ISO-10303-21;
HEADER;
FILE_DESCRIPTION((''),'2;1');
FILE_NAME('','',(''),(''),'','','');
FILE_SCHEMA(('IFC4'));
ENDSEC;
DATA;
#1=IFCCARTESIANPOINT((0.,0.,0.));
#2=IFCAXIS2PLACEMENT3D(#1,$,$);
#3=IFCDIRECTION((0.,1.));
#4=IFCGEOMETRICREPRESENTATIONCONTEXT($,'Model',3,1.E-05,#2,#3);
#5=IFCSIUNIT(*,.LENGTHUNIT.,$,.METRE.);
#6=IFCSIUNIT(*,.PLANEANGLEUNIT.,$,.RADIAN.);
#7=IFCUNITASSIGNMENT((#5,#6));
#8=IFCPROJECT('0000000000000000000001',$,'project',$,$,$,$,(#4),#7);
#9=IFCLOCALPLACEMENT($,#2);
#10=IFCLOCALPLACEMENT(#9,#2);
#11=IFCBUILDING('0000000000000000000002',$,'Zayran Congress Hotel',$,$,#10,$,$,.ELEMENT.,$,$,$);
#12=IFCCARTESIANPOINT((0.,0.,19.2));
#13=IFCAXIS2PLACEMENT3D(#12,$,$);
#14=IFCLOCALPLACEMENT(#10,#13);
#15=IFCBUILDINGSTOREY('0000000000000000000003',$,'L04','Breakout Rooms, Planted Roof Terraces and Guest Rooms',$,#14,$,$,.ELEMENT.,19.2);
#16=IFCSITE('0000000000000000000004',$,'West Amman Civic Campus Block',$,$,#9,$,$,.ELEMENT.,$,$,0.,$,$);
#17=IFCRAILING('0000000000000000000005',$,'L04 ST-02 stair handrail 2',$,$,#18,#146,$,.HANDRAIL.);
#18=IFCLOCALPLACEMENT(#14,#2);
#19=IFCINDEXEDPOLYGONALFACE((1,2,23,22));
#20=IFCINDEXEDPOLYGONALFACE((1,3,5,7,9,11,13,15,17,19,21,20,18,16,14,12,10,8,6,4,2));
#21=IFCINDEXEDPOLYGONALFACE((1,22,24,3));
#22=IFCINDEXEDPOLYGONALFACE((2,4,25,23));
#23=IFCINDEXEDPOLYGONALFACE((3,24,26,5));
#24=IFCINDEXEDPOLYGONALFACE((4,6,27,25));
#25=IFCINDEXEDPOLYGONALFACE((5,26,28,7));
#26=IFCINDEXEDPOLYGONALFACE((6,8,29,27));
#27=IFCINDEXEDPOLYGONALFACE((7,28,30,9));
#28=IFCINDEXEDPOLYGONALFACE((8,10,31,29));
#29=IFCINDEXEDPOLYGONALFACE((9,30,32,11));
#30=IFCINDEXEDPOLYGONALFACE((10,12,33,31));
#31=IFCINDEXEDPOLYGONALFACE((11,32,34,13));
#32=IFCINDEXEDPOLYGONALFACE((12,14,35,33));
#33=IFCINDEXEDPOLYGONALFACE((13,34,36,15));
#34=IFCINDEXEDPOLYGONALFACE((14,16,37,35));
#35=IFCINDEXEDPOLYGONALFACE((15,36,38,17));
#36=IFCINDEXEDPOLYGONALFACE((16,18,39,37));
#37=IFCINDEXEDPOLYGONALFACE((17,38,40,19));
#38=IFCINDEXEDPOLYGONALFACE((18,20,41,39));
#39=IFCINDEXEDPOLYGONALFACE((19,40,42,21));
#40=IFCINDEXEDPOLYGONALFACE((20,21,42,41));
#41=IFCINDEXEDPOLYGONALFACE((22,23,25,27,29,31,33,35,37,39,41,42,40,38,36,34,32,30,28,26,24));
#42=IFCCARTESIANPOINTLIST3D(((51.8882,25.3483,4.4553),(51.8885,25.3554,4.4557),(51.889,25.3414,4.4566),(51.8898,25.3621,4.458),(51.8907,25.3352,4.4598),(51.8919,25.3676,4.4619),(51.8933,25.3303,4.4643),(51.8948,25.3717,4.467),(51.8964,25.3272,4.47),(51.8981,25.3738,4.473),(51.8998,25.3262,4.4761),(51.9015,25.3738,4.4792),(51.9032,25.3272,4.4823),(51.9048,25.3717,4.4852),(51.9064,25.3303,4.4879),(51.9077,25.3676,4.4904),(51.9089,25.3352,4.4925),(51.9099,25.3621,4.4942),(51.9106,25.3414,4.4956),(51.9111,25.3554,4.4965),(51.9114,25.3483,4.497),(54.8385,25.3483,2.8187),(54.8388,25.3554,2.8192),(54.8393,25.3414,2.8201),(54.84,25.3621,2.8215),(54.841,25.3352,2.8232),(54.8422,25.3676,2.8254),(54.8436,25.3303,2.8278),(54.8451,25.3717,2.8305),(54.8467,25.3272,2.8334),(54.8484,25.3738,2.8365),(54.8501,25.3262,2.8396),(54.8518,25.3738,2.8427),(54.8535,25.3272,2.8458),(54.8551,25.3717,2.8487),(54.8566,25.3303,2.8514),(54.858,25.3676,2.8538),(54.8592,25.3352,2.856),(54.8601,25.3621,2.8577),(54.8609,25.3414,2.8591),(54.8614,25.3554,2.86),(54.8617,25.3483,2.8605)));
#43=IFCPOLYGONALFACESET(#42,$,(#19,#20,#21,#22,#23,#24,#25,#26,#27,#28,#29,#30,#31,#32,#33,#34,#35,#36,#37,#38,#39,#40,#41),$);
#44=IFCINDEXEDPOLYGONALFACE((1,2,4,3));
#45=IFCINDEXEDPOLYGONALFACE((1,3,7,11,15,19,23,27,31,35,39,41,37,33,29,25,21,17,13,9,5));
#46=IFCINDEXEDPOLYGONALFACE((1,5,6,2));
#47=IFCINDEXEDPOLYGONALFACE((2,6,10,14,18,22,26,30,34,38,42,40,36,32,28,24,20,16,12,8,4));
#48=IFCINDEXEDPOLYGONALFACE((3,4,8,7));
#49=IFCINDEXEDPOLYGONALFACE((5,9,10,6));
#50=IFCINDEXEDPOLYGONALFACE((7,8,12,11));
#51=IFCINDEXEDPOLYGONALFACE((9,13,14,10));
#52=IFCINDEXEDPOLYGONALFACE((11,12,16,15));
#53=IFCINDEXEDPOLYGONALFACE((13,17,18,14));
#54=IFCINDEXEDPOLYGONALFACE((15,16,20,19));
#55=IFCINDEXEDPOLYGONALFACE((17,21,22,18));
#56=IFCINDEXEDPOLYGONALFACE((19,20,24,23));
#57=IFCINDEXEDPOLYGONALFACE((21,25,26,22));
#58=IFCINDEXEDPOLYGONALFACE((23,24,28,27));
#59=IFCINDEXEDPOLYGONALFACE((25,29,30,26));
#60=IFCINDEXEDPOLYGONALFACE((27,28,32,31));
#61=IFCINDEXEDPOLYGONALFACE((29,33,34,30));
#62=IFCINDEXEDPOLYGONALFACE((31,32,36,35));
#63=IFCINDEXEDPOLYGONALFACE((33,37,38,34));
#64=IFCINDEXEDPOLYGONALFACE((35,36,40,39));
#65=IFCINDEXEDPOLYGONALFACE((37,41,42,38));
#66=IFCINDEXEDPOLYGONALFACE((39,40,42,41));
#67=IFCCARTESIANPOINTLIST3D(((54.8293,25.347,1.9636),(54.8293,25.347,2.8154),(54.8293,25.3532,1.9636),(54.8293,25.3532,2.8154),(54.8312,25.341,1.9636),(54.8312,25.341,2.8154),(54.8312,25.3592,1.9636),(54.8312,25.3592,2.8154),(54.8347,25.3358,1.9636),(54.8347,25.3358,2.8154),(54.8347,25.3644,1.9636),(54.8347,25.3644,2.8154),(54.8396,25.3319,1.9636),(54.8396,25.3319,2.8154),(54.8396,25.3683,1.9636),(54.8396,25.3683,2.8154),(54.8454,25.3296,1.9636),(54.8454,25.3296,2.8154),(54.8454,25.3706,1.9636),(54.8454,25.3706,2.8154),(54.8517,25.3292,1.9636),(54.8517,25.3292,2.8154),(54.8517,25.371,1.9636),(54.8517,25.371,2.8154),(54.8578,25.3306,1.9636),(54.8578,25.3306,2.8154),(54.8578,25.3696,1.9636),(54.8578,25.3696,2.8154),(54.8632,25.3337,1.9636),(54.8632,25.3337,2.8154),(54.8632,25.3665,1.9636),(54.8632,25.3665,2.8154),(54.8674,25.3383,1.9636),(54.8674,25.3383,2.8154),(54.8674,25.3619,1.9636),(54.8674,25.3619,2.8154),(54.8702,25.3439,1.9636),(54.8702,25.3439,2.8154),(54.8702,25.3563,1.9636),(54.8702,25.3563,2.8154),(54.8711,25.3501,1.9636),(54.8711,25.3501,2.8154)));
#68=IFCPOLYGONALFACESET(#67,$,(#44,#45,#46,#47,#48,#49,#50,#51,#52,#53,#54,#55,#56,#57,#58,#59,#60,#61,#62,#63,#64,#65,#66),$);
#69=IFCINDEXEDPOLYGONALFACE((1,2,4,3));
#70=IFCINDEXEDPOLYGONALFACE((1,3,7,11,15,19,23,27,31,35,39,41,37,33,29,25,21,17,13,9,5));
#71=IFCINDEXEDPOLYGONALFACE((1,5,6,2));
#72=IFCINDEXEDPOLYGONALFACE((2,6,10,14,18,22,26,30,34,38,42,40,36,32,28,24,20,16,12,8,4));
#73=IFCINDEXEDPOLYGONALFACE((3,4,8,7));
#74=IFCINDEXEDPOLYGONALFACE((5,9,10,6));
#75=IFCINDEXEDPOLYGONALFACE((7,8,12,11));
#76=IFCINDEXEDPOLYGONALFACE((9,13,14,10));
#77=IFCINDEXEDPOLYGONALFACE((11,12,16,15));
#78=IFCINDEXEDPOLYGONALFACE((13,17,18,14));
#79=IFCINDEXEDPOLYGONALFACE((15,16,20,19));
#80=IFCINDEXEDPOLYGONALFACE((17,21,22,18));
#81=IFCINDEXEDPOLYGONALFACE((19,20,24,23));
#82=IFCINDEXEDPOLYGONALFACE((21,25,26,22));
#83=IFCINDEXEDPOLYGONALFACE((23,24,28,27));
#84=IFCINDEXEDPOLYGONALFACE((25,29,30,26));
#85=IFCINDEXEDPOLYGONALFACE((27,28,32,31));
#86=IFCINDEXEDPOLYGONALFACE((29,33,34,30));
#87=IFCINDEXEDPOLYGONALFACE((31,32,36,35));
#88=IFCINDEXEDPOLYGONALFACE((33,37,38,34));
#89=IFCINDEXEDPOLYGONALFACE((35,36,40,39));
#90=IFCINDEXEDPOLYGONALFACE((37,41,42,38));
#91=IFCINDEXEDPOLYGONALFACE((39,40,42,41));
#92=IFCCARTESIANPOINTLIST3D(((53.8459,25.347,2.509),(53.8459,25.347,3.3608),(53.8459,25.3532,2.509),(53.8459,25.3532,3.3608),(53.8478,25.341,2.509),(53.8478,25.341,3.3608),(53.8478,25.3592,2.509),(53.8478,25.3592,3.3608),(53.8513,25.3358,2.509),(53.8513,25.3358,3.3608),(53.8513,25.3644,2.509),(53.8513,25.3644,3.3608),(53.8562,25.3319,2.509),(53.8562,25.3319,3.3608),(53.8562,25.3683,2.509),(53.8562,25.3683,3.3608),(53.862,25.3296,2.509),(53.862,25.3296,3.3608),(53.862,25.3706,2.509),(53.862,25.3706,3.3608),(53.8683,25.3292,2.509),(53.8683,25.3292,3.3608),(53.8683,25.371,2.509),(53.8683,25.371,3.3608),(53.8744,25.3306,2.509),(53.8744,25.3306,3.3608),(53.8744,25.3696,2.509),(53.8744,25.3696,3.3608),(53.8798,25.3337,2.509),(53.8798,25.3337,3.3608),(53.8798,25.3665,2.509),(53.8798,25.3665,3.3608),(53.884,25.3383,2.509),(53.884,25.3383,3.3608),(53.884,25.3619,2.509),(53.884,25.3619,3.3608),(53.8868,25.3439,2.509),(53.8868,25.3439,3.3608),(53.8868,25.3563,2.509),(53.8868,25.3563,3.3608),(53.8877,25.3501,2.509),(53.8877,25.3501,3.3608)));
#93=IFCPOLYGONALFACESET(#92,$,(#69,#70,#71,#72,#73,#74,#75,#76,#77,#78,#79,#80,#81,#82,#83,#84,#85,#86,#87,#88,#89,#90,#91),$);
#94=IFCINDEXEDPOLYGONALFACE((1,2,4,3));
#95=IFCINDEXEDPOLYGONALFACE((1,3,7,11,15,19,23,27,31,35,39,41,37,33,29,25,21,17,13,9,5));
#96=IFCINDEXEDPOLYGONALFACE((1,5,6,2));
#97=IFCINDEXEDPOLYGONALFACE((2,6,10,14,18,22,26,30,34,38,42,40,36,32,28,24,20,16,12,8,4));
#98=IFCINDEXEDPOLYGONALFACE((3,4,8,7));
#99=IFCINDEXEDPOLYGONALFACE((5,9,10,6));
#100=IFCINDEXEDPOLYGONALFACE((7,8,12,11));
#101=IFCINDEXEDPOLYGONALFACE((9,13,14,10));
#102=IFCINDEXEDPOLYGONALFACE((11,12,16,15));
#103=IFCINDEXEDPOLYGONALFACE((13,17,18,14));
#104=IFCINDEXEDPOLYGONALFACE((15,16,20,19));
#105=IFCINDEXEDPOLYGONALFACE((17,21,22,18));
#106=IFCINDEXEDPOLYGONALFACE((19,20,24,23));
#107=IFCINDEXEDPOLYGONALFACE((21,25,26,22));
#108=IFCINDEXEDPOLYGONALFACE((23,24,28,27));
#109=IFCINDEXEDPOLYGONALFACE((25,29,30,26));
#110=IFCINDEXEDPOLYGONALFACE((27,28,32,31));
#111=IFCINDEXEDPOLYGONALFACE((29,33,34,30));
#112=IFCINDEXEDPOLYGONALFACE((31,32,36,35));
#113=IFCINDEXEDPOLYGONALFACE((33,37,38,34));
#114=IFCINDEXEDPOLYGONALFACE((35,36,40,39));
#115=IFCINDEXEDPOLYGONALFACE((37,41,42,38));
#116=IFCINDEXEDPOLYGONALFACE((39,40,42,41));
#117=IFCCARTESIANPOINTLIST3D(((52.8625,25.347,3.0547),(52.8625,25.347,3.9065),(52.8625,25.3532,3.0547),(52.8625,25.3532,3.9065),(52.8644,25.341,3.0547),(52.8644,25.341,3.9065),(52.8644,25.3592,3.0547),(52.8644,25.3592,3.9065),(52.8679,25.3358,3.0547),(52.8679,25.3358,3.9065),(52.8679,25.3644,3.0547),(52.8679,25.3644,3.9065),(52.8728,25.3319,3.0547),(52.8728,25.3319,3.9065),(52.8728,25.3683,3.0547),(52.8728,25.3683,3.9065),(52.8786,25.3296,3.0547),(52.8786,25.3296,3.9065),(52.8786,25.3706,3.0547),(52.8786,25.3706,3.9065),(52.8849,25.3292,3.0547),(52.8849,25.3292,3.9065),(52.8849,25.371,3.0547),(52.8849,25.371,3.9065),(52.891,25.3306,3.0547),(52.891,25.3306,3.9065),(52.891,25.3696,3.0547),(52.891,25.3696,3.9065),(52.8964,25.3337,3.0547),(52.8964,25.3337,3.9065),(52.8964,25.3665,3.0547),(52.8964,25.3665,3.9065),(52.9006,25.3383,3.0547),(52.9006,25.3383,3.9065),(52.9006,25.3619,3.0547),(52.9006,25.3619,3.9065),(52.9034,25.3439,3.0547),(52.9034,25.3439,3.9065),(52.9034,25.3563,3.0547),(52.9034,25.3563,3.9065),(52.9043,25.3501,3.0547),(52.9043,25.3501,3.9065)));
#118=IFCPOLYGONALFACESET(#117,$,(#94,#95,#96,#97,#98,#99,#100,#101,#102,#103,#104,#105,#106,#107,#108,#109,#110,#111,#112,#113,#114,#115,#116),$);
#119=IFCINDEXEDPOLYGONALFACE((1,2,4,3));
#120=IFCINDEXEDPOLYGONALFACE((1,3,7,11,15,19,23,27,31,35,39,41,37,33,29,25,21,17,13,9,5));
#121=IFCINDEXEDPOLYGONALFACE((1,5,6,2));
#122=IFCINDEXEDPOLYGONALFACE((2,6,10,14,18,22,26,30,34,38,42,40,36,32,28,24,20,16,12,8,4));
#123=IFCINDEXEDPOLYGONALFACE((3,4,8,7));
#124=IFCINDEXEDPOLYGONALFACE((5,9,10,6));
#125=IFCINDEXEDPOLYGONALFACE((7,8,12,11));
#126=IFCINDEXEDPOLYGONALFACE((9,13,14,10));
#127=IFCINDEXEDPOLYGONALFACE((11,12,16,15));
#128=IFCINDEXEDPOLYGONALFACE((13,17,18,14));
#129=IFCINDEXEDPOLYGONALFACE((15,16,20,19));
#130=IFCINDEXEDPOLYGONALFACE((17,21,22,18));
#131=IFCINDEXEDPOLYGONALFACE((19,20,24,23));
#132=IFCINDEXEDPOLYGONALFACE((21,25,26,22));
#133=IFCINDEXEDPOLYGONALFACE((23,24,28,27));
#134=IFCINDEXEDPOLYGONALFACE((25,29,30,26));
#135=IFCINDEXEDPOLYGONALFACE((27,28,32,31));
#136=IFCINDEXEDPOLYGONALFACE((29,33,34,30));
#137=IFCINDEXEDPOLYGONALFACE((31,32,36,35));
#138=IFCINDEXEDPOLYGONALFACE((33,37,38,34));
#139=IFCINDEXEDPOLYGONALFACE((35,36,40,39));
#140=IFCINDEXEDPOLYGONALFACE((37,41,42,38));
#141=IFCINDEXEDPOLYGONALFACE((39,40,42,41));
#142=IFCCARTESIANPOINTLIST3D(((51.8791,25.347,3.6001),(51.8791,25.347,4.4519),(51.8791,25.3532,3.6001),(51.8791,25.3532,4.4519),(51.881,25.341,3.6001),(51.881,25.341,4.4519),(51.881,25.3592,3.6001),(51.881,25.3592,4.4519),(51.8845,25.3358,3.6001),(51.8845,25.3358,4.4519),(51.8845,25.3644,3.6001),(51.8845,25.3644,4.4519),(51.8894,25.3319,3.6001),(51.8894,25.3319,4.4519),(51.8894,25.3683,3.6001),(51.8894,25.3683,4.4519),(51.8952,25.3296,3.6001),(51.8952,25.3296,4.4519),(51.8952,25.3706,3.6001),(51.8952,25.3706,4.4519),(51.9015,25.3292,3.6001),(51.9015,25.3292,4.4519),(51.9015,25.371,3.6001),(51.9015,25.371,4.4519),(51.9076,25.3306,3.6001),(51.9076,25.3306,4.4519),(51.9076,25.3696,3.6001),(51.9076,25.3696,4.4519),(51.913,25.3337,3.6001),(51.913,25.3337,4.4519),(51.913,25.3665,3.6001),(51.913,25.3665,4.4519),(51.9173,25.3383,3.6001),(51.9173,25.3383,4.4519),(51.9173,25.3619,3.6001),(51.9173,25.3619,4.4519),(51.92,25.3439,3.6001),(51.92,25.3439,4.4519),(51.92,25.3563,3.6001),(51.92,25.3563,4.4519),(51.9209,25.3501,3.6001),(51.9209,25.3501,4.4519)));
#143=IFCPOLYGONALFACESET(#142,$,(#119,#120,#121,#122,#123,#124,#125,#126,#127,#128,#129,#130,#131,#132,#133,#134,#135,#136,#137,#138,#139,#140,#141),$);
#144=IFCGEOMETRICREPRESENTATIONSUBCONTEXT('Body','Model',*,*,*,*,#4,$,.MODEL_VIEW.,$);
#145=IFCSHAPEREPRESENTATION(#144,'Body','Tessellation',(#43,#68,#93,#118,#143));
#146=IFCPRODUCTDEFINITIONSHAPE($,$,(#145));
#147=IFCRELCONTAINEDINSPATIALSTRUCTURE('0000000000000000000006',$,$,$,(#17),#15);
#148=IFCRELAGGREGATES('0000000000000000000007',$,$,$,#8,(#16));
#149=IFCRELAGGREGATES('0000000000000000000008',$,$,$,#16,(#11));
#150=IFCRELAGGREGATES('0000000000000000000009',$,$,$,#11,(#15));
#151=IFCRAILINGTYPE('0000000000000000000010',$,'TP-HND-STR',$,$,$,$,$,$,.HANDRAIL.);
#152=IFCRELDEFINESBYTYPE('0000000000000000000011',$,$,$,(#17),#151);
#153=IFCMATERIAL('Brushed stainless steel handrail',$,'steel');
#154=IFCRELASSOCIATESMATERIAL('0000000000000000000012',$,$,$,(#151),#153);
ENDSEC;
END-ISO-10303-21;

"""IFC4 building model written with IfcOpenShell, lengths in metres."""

from ifc_helpers import new_model, si_unit, direction, frame, origin, origin_2d, place, context, subcontext, project, spatial, circle, extrude, material, type_object, element, save


model = new_model("IFC4")

# Units and contexts
model_context = context("Model", 3, precision=1e-05, world=origin(), true_north=direction((0.0, 1.0)))
body_context = subcontext(model_context, "Body", "Model", "MODEL_VIEW")
ifc_project = project(units=[si_unit("LENGTHUNIT", "METRE"), si_unit("PLANEANGLEUNIT", "RADIAN")], contexts=[model_context])

# Site, building, storey
site_placement = place(None, origin())
site = spatial("IfcSite", under=ifc_project, at=site_placement, Name="West Amman Civic Campus Block", CompositionType="ELEMENT", RefElevation=0.0)
building_placement = place(site_placement, origin())
building = spatial("IfcBuilding", under=site, at=building_placement, Name="Zayran Congress Hotel", CompositionType="ELEMENT")
storey_placement = place(building_placement, frame((0.0, 0.0, 19.2)))
storey = spatial("IfcBuildingStorey", under=building, at=storey_placement, Name="L04", Description="Breakout Rooms, Planted Roof Terraces and Guest Rooms", CompositionType="ELEMENT", Elevation=19.2)

# Railing
ifc_material_1 = material(Name="Brushed stainless steel handrail", Category="steel")
railing_type_1 = type_object("IfcRailingType", Name="TP-HND-STR", PredefinedType="HANDRAIL", material=ifc_material_1)
railing_1_placement = place(storey_placement, frame((54.8501, 25.3501, 1.9636)))
element("IfcRailing", 1, at=railing_1_placement, inside=storey, type_object=railing_type_1, Name="L04 ST-02 stair handrail 2", PredefinedType="HANDRAIL", context=body_context, shape_type="SweptSolid", body=[
    extrude(circle(Radius=0.0239, at=origin_2d()), frame((0.0, 0.0, 0.876), z_axis=(-0.874475, 0.0, 0.485071), x_axis=(0.0, -1.0, 0.0)), (0.0, 0.0, 1.0), 3.3738),
    extrude(circle(Radius=0.021, at=origin_2d()), origin(), (0.0, 0.0, 1.0), 0.8518),
    extrude(circle(Radius=0.021, at=origin_2d()), frame((-0.9834, 0.0, 0.5454)), (0.0, 0.0, 1.0), 0.8518),
    extrude(circle(Radius=0.021, at=origin_2d()), frame((-1.9668, 0.0, 1.0911)), (0.0, 0.0, 1.0), 0.8518),
    extrude(circle(Radius=0.021, at=origin_2d()), frame((-2.9502, 0.0, 1.6365)), (0.0, 0.0, 1.0), 0.8518),
])

save(model, "model.ifc")
